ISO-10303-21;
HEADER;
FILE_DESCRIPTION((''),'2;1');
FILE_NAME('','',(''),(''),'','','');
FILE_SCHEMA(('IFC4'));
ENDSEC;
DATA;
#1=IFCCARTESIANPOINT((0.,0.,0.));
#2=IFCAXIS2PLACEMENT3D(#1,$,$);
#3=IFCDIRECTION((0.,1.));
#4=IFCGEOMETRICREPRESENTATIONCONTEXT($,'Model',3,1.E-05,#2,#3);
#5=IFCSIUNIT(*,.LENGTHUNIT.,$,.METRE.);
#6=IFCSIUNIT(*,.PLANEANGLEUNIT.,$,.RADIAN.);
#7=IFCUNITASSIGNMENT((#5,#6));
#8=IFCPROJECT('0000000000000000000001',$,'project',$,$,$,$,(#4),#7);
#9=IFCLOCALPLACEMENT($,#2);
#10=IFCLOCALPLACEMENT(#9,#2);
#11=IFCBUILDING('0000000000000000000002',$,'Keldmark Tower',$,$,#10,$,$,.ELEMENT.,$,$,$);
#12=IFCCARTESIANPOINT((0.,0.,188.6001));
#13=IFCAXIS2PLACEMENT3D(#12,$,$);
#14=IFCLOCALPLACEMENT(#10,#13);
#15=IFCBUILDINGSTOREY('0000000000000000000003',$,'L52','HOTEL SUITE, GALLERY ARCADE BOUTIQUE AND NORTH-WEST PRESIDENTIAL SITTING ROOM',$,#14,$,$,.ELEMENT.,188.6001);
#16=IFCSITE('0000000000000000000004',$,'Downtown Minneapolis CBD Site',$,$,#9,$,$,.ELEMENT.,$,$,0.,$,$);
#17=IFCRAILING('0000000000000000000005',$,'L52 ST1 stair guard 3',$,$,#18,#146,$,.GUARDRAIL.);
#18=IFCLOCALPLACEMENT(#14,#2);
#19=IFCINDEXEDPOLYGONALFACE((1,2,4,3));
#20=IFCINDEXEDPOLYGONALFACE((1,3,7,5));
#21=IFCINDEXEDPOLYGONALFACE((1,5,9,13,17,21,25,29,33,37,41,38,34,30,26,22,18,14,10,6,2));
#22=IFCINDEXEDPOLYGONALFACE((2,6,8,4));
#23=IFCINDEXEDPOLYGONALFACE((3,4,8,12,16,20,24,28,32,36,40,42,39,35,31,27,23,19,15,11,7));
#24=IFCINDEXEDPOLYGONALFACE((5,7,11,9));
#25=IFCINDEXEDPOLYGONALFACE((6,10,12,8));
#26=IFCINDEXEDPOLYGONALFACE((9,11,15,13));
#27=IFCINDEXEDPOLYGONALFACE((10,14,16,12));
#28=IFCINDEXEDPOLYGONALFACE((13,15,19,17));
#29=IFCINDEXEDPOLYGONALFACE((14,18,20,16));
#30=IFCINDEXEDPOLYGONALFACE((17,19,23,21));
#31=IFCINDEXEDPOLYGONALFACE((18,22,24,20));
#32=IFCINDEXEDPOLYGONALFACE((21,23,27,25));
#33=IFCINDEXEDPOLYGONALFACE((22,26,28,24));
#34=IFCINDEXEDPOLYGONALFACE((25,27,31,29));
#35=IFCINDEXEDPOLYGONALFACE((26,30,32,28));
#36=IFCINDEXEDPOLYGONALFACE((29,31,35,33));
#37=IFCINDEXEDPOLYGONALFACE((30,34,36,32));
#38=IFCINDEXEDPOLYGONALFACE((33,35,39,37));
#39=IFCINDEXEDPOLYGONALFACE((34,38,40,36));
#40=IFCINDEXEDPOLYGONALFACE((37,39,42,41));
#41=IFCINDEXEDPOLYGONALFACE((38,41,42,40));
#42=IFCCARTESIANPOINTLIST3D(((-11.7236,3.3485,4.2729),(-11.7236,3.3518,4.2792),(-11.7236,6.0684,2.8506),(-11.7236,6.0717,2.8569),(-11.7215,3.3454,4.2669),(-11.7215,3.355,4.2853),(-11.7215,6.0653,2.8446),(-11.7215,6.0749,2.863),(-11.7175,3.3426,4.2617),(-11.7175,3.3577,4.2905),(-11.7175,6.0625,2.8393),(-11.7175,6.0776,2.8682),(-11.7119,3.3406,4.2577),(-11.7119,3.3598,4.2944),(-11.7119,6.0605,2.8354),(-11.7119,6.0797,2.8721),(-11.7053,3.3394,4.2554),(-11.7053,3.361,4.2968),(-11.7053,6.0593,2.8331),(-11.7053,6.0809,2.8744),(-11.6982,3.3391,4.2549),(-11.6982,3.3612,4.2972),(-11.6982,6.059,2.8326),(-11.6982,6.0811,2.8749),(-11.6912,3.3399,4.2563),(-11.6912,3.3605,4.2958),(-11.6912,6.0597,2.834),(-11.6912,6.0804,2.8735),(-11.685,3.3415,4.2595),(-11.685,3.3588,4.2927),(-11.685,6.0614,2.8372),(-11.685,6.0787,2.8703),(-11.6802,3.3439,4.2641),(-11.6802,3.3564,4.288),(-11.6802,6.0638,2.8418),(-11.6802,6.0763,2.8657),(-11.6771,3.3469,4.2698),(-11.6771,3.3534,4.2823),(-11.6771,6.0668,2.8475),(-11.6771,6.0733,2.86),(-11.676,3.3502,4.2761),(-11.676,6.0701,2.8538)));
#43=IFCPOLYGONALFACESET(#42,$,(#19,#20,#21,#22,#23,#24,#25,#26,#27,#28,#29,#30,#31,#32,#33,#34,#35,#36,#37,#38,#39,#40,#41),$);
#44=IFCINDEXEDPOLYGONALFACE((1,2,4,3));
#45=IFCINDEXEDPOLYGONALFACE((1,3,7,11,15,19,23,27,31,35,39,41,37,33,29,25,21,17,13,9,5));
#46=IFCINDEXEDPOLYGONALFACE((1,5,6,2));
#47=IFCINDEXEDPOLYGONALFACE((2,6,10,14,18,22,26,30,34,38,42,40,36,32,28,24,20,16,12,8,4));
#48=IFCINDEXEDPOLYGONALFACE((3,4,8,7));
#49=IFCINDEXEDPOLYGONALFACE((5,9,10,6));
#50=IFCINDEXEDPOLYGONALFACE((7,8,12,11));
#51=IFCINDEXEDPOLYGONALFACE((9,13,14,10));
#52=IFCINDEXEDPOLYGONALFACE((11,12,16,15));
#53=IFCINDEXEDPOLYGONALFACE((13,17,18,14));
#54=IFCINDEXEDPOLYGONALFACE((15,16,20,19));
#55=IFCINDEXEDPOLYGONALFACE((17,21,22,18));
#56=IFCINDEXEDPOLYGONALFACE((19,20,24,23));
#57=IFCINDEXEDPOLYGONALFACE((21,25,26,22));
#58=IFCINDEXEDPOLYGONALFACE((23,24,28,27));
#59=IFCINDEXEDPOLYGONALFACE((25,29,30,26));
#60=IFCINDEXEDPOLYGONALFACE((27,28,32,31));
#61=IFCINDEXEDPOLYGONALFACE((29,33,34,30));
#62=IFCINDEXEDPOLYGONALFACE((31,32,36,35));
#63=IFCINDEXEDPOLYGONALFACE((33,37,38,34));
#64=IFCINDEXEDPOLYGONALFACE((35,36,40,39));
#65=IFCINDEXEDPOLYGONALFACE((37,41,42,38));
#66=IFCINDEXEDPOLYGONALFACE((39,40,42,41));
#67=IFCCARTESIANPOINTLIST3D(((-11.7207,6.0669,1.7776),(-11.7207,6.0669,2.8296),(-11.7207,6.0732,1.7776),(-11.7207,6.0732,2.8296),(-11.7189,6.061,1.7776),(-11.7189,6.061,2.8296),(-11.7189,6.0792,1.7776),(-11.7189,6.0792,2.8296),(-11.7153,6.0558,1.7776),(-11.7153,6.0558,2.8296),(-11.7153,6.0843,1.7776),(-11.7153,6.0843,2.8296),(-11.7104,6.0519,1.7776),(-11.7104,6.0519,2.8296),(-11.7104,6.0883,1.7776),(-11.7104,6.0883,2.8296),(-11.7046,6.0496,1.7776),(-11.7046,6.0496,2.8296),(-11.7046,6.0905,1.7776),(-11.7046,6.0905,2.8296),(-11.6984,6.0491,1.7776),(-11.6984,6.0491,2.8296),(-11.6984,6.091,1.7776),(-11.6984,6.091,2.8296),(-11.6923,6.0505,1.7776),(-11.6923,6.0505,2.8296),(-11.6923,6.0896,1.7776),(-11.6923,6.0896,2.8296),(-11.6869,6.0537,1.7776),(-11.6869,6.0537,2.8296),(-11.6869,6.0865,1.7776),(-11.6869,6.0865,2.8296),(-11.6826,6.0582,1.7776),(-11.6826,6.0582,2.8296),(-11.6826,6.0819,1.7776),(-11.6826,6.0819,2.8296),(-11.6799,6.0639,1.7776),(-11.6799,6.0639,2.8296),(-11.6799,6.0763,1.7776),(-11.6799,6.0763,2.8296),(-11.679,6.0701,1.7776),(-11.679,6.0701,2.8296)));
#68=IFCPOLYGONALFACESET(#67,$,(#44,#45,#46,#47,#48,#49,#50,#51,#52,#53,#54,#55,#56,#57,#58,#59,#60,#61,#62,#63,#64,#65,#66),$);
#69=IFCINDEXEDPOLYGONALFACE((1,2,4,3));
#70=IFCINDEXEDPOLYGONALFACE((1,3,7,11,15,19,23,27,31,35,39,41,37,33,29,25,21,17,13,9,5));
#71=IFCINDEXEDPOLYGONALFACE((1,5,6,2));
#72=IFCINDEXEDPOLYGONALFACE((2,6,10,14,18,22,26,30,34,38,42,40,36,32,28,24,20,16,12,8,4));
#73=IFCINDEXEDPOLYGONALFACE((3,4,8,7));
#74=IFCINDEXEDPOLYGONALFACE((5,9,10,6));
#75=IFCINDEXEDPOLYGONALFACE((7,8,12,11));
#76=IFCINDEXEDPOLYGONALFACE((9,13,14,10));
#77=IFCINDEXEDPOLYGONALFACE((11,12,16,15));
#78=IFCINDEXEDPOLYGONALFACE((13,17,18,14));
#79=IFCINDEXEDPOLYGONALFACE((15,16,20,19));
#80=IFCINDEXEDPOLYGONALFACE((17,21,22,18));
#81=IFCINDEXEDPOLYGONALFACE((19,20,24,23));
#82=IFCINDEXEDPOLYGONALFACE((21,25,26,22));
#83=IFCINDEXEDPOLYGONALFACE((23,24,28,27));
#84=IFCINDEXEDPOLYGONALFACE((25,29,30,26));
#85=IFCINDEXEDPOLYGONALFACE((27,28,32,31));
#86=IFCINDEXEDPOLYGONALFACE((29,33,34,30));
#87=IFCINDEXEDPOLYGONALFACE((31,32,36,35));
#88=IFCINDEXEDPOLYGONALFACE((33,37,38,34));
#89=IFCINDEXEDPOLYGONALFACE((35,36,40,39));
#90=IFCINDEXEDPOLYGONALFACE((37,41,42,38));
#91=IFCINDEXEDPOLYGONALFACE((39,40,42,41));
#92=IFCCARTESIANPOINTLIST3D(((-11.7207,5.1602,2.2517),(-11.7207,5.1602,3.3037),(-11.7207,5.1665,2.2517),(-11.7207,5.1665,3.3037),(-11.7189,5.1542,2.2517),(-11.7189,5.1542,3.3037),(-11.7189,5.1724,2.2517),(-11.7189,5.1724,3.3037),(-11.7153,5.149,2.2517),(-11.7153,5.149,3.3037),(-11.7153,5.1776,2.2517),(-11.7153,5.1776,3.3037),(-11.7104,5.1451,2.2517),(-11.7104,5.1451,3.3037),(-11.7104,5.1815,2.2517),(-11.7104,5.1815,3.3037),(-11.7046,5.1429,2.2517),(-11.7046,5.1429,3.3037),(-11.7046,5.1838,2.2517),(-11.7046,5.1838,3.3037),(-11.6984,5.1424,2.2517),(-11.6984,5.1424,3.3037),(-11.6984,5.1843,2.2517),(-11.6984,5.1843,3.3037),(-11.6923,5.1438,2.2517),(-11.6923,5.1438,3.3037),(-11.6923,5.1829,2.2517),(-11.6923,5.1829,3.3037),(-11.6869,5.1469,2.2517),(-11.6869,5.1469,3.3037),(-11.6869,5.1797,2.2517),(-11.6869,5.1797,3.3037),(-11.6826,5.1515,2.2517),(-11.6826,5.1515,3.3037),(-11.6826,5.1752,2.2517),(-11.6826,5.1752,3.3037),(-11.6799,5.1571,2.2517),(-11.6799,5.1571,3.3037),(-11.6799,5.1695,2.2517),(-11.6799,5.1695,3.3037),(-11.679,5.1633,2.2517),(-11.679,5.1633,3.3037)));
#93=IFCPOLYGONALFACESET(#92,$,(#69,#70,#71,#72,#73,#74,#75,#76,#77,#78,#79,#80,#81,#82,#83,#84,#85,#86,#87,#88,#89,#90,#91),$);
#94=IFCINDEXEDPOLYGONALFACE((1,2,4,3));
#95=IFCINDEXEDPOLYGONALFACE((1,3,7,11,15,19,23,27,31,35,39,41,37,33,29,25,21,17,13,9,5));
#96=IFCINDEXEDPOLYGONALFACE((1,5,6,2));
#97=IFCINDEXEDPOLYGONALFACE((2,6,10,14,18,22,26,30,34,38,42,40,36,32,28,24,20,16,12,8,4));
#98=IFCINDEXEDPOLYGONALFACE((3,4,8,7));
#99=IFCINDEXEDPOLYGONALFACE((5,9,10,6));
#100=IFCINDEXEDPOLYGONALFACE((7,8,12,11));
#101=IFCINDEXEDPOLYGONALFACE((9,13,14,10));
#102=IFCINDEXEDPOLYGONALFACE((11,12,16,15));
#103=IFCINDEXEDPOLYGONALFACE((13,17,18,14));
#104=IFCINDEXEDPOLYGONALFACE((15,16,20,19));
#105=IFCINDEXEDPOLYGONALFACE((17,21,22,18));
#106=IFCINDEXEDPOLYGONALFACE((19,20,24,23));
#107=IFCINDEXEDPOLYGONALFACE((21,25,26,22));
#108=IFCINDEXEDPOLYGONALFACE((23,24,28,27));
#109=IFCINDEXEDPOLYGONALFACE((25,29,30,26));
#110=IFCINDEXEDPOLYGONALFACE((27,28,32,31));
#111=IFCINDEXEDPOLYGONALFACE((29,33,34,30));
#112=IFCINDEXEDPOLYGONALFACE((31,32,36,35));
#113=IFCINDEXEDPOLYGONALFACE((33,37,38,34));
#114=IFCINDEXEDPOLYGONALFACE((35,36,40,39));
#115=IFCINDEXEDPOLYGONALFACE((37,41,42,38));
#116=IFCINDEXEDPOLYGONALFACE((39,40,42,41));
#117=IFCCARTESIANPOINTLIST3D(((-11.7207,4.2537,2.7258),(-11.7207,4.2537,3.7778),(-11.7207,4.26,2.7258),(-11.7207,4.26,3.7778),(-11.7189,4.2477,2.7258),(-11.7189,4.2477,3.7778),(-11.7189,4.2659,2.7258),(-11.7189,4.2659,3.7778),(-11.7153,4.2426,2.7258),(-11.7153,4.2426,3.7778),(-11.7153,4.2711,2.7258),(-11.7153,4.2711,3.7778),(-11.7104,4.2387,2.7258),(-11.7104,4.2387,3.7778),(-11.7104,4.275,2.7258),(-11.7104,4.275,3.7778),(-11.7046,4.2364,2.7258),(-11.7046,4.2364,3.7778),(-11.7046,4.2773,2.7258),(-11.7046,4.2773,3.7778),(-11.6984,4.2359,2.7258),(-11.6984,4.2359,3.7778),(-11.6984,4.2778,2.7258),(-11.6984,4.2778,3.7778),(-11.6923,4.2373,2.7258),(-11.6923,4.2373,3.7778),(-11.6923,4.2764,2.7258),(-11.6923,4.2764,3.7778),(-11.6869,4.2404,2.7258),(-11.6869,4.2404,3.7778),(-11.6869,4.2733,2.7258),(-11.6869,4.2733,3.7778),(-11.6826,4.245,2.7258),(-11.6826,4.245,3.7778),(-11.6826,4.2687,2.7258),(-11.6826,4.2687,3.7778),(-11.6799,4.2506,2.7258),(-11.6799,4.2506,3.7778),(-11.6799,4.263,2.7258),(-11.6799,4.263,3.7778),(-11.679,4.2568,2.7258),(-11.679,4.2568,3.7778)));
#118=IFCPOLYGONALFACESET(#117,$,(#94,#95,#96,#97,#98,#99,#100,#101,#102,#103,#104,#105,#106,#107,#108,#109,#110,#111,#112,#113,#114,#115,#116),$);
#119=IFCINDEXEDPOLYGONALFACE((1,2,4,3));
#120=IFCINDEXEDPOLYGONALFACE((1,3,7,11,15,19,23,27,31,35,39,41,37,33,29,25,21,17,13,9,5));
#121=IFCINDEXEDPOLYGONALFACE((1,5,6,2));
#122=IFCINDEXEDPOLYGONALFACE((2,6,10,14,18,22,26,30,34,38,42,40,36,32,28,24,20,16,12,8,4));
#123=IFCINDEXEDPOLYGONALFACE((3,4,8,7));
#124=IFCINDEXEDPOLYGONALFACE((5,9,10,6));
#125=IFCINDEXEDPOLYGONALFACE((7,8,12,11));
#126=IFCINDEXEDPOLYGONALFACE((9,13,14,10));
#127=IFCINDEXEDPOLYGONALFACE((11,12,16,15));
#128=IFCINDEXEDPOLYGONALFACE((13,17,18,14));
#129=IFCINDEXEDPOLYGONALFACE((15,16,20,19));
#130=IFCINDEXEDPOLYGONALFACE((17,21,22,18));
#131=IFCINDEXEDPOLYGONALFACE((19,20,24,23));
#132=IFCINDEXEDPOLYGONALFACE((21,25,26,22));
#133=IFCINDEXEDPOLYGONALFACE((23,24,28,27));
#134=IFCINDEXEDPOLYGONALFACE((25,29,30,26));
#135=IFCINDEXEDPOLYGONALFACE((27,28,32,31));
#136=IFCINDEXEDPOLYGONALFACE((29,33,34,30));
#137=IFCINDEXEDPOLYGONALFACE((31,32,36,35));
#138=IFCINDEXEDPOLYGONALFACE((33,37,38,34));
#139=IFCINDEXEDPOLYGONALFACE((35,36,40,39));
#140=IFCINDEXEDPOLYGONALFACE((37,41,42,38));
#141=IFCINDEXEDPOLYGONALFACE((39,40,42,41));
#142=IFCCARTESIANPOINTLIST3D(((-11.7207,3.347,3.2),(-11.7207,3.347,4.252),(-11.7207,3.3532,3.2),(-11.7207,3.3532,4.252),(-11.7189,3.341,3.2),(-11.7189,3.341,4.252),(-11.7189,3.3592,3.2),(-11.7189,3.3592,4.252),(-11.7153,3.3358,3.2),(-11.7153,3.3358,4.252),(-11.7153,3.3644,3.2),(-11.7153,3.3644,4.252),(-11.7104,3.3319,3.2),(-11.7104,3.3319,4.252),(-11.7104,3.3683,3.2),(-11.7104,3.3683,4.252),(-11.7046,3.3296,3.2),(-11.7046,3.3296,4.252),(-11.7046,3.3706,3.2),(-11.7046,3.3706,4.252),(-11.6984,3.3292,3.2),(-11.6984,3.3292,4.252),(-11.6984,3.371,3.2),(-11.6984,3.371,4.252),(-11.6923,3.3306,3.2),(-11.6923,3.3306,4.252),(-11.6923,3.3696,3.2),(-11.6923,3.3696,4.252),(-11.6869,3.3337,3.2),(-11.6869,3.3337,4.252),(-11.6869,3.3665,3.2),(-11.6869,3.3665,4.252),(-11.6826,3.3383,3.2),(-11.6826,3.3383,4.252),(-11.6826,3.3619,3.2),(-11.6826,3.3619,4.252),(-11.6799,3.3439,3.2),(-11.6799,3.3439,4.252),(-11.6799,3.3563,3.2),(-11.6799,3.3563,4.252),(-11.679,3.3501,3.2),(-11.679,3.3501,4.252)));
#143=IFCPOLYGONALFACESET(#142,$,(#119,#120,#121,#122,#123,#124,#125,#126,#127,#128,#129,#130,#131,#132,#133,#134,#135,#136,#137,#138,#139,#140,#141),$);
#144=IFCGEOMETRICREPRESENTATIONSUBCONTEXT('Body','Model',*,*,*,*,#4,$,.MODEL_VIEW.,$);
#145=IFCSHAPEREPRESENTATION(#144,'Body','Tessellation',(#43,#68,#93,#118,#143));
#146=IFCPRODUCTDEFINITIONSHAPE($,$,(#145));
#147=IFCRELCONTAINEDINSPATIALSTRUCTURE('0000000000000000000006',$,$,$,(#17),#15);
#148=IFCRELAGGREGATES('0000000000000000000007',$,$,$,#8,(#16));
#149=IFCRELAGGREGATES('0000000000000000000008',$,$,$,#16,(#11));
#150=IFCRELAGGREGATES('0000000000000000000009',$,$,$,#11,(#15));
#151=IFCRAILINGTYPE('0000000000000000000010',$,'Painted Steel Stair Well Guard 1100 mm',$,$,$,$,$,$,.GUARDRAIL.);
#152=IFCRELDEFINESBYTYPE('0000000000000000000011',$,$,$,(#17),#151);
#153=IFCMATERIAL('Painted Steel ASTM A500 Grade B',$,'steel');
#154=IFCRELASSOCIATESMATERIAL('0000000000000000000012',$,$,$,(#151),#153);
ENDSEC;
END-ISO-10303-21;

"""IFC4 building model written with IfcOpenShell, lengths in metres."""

from ifc_helpers import new_model, si_unit, direction, frame, origin, origin_2d, place, context, subcontext, project, spatial, circle, extrude, material, type_object, element, save


model = new_model("IFC4")

# Units and contexts
model_context = context("Model", 3, precision=1e-05, world=origin(), true_north=direction((0.0, 1.0)))
body_context = subcontext(model_context, "Body", "Model", "MODEL_VIEW")
ifc_project = project(units=[si_unit("LENGTHUNIT", "METRE"), si_unit("PLANEANGLEUNIT", "RADIAN")], contexts=[model_context])

# Site, building, storey
site_placement = place(None, origin())
site = spatial("IfcSite", under=ifc_project, at=site_placement, Name="Downtown Minneapolis CBD Site", CompositionType="ELEMENT", RefElevation=0.0)
building_placement = place(site_placement, origin())
building = spatial("IfcBuilding", under=site, at=building_placement, Name="Keldmark Tower", CompositionType="ELEMENT")
storey_placement = place(building_placement, frame((0.0, 0.0, 188.6001)))
storey = spatial("IfcBuildingStorey", under=building, at=storey_placement, Name="L52", Description="HOTEL SUITE, GALLERY ARCADE BOUTIQUE AND NORTH-WEST PRESIDENTIAL SITTING ROOM", CompositionType="ELEMENT", Elevation=188.6001)

# Railing
ifc_material_1 = material(Name="Painted Steel ASTM A500 Grade B", Category="steel")
railing_type_1 = type_object("IfcRailingType", Name="Painted Steel Stair Well Guard 1100 mm", PredefinedType="GUARDRAIL", material=ifc_material_1)
railing_1_placement = place(storey_placement, frame((-11.7, 6.0701, 1.7776)))
element("IfcRailing", 1, at=railing_1_placement, inside=storey, type_object=railing_type_1, Name="L52 ST1 stair guard 3", PredefinedType="GUARDRAIL", context=body_context, shape_type="SweptSolid", body=[
    extrude(circle(Radius=0.0239, at=origin_2d()), frame((0.0, 0.0, 1.0762), z_axis=(0.0, -0.88615, 0.463398), x_axis=(1.0, 0.0, 0.0)), (0.0, 0.0, 1.0), 3.0693),
    extrude(circle(Radius=0.021, at=origin_2d()), origin(), (0.0, 0.0, 1.0), 1.052),
    extrude(circle(Radius=0.021, at=origin_2d()), frame((0.0, -0.9067, 0.4741)), (0.0, 0.0, 1.0), 1.052),
    extrude(circle(Radius=0.021, at=origin_2d()), frame((0.0, -1.8132, 0.9482)), (0.0, 0.0, 1.0), 1.052),
    extrude(circle(Radius=0.021, at=origin_2d()), frame((0.0, -2.72, 1.4224)), (0.0, 0.0, 1.0), 1.052),
])

save(model, "model.ifc")
